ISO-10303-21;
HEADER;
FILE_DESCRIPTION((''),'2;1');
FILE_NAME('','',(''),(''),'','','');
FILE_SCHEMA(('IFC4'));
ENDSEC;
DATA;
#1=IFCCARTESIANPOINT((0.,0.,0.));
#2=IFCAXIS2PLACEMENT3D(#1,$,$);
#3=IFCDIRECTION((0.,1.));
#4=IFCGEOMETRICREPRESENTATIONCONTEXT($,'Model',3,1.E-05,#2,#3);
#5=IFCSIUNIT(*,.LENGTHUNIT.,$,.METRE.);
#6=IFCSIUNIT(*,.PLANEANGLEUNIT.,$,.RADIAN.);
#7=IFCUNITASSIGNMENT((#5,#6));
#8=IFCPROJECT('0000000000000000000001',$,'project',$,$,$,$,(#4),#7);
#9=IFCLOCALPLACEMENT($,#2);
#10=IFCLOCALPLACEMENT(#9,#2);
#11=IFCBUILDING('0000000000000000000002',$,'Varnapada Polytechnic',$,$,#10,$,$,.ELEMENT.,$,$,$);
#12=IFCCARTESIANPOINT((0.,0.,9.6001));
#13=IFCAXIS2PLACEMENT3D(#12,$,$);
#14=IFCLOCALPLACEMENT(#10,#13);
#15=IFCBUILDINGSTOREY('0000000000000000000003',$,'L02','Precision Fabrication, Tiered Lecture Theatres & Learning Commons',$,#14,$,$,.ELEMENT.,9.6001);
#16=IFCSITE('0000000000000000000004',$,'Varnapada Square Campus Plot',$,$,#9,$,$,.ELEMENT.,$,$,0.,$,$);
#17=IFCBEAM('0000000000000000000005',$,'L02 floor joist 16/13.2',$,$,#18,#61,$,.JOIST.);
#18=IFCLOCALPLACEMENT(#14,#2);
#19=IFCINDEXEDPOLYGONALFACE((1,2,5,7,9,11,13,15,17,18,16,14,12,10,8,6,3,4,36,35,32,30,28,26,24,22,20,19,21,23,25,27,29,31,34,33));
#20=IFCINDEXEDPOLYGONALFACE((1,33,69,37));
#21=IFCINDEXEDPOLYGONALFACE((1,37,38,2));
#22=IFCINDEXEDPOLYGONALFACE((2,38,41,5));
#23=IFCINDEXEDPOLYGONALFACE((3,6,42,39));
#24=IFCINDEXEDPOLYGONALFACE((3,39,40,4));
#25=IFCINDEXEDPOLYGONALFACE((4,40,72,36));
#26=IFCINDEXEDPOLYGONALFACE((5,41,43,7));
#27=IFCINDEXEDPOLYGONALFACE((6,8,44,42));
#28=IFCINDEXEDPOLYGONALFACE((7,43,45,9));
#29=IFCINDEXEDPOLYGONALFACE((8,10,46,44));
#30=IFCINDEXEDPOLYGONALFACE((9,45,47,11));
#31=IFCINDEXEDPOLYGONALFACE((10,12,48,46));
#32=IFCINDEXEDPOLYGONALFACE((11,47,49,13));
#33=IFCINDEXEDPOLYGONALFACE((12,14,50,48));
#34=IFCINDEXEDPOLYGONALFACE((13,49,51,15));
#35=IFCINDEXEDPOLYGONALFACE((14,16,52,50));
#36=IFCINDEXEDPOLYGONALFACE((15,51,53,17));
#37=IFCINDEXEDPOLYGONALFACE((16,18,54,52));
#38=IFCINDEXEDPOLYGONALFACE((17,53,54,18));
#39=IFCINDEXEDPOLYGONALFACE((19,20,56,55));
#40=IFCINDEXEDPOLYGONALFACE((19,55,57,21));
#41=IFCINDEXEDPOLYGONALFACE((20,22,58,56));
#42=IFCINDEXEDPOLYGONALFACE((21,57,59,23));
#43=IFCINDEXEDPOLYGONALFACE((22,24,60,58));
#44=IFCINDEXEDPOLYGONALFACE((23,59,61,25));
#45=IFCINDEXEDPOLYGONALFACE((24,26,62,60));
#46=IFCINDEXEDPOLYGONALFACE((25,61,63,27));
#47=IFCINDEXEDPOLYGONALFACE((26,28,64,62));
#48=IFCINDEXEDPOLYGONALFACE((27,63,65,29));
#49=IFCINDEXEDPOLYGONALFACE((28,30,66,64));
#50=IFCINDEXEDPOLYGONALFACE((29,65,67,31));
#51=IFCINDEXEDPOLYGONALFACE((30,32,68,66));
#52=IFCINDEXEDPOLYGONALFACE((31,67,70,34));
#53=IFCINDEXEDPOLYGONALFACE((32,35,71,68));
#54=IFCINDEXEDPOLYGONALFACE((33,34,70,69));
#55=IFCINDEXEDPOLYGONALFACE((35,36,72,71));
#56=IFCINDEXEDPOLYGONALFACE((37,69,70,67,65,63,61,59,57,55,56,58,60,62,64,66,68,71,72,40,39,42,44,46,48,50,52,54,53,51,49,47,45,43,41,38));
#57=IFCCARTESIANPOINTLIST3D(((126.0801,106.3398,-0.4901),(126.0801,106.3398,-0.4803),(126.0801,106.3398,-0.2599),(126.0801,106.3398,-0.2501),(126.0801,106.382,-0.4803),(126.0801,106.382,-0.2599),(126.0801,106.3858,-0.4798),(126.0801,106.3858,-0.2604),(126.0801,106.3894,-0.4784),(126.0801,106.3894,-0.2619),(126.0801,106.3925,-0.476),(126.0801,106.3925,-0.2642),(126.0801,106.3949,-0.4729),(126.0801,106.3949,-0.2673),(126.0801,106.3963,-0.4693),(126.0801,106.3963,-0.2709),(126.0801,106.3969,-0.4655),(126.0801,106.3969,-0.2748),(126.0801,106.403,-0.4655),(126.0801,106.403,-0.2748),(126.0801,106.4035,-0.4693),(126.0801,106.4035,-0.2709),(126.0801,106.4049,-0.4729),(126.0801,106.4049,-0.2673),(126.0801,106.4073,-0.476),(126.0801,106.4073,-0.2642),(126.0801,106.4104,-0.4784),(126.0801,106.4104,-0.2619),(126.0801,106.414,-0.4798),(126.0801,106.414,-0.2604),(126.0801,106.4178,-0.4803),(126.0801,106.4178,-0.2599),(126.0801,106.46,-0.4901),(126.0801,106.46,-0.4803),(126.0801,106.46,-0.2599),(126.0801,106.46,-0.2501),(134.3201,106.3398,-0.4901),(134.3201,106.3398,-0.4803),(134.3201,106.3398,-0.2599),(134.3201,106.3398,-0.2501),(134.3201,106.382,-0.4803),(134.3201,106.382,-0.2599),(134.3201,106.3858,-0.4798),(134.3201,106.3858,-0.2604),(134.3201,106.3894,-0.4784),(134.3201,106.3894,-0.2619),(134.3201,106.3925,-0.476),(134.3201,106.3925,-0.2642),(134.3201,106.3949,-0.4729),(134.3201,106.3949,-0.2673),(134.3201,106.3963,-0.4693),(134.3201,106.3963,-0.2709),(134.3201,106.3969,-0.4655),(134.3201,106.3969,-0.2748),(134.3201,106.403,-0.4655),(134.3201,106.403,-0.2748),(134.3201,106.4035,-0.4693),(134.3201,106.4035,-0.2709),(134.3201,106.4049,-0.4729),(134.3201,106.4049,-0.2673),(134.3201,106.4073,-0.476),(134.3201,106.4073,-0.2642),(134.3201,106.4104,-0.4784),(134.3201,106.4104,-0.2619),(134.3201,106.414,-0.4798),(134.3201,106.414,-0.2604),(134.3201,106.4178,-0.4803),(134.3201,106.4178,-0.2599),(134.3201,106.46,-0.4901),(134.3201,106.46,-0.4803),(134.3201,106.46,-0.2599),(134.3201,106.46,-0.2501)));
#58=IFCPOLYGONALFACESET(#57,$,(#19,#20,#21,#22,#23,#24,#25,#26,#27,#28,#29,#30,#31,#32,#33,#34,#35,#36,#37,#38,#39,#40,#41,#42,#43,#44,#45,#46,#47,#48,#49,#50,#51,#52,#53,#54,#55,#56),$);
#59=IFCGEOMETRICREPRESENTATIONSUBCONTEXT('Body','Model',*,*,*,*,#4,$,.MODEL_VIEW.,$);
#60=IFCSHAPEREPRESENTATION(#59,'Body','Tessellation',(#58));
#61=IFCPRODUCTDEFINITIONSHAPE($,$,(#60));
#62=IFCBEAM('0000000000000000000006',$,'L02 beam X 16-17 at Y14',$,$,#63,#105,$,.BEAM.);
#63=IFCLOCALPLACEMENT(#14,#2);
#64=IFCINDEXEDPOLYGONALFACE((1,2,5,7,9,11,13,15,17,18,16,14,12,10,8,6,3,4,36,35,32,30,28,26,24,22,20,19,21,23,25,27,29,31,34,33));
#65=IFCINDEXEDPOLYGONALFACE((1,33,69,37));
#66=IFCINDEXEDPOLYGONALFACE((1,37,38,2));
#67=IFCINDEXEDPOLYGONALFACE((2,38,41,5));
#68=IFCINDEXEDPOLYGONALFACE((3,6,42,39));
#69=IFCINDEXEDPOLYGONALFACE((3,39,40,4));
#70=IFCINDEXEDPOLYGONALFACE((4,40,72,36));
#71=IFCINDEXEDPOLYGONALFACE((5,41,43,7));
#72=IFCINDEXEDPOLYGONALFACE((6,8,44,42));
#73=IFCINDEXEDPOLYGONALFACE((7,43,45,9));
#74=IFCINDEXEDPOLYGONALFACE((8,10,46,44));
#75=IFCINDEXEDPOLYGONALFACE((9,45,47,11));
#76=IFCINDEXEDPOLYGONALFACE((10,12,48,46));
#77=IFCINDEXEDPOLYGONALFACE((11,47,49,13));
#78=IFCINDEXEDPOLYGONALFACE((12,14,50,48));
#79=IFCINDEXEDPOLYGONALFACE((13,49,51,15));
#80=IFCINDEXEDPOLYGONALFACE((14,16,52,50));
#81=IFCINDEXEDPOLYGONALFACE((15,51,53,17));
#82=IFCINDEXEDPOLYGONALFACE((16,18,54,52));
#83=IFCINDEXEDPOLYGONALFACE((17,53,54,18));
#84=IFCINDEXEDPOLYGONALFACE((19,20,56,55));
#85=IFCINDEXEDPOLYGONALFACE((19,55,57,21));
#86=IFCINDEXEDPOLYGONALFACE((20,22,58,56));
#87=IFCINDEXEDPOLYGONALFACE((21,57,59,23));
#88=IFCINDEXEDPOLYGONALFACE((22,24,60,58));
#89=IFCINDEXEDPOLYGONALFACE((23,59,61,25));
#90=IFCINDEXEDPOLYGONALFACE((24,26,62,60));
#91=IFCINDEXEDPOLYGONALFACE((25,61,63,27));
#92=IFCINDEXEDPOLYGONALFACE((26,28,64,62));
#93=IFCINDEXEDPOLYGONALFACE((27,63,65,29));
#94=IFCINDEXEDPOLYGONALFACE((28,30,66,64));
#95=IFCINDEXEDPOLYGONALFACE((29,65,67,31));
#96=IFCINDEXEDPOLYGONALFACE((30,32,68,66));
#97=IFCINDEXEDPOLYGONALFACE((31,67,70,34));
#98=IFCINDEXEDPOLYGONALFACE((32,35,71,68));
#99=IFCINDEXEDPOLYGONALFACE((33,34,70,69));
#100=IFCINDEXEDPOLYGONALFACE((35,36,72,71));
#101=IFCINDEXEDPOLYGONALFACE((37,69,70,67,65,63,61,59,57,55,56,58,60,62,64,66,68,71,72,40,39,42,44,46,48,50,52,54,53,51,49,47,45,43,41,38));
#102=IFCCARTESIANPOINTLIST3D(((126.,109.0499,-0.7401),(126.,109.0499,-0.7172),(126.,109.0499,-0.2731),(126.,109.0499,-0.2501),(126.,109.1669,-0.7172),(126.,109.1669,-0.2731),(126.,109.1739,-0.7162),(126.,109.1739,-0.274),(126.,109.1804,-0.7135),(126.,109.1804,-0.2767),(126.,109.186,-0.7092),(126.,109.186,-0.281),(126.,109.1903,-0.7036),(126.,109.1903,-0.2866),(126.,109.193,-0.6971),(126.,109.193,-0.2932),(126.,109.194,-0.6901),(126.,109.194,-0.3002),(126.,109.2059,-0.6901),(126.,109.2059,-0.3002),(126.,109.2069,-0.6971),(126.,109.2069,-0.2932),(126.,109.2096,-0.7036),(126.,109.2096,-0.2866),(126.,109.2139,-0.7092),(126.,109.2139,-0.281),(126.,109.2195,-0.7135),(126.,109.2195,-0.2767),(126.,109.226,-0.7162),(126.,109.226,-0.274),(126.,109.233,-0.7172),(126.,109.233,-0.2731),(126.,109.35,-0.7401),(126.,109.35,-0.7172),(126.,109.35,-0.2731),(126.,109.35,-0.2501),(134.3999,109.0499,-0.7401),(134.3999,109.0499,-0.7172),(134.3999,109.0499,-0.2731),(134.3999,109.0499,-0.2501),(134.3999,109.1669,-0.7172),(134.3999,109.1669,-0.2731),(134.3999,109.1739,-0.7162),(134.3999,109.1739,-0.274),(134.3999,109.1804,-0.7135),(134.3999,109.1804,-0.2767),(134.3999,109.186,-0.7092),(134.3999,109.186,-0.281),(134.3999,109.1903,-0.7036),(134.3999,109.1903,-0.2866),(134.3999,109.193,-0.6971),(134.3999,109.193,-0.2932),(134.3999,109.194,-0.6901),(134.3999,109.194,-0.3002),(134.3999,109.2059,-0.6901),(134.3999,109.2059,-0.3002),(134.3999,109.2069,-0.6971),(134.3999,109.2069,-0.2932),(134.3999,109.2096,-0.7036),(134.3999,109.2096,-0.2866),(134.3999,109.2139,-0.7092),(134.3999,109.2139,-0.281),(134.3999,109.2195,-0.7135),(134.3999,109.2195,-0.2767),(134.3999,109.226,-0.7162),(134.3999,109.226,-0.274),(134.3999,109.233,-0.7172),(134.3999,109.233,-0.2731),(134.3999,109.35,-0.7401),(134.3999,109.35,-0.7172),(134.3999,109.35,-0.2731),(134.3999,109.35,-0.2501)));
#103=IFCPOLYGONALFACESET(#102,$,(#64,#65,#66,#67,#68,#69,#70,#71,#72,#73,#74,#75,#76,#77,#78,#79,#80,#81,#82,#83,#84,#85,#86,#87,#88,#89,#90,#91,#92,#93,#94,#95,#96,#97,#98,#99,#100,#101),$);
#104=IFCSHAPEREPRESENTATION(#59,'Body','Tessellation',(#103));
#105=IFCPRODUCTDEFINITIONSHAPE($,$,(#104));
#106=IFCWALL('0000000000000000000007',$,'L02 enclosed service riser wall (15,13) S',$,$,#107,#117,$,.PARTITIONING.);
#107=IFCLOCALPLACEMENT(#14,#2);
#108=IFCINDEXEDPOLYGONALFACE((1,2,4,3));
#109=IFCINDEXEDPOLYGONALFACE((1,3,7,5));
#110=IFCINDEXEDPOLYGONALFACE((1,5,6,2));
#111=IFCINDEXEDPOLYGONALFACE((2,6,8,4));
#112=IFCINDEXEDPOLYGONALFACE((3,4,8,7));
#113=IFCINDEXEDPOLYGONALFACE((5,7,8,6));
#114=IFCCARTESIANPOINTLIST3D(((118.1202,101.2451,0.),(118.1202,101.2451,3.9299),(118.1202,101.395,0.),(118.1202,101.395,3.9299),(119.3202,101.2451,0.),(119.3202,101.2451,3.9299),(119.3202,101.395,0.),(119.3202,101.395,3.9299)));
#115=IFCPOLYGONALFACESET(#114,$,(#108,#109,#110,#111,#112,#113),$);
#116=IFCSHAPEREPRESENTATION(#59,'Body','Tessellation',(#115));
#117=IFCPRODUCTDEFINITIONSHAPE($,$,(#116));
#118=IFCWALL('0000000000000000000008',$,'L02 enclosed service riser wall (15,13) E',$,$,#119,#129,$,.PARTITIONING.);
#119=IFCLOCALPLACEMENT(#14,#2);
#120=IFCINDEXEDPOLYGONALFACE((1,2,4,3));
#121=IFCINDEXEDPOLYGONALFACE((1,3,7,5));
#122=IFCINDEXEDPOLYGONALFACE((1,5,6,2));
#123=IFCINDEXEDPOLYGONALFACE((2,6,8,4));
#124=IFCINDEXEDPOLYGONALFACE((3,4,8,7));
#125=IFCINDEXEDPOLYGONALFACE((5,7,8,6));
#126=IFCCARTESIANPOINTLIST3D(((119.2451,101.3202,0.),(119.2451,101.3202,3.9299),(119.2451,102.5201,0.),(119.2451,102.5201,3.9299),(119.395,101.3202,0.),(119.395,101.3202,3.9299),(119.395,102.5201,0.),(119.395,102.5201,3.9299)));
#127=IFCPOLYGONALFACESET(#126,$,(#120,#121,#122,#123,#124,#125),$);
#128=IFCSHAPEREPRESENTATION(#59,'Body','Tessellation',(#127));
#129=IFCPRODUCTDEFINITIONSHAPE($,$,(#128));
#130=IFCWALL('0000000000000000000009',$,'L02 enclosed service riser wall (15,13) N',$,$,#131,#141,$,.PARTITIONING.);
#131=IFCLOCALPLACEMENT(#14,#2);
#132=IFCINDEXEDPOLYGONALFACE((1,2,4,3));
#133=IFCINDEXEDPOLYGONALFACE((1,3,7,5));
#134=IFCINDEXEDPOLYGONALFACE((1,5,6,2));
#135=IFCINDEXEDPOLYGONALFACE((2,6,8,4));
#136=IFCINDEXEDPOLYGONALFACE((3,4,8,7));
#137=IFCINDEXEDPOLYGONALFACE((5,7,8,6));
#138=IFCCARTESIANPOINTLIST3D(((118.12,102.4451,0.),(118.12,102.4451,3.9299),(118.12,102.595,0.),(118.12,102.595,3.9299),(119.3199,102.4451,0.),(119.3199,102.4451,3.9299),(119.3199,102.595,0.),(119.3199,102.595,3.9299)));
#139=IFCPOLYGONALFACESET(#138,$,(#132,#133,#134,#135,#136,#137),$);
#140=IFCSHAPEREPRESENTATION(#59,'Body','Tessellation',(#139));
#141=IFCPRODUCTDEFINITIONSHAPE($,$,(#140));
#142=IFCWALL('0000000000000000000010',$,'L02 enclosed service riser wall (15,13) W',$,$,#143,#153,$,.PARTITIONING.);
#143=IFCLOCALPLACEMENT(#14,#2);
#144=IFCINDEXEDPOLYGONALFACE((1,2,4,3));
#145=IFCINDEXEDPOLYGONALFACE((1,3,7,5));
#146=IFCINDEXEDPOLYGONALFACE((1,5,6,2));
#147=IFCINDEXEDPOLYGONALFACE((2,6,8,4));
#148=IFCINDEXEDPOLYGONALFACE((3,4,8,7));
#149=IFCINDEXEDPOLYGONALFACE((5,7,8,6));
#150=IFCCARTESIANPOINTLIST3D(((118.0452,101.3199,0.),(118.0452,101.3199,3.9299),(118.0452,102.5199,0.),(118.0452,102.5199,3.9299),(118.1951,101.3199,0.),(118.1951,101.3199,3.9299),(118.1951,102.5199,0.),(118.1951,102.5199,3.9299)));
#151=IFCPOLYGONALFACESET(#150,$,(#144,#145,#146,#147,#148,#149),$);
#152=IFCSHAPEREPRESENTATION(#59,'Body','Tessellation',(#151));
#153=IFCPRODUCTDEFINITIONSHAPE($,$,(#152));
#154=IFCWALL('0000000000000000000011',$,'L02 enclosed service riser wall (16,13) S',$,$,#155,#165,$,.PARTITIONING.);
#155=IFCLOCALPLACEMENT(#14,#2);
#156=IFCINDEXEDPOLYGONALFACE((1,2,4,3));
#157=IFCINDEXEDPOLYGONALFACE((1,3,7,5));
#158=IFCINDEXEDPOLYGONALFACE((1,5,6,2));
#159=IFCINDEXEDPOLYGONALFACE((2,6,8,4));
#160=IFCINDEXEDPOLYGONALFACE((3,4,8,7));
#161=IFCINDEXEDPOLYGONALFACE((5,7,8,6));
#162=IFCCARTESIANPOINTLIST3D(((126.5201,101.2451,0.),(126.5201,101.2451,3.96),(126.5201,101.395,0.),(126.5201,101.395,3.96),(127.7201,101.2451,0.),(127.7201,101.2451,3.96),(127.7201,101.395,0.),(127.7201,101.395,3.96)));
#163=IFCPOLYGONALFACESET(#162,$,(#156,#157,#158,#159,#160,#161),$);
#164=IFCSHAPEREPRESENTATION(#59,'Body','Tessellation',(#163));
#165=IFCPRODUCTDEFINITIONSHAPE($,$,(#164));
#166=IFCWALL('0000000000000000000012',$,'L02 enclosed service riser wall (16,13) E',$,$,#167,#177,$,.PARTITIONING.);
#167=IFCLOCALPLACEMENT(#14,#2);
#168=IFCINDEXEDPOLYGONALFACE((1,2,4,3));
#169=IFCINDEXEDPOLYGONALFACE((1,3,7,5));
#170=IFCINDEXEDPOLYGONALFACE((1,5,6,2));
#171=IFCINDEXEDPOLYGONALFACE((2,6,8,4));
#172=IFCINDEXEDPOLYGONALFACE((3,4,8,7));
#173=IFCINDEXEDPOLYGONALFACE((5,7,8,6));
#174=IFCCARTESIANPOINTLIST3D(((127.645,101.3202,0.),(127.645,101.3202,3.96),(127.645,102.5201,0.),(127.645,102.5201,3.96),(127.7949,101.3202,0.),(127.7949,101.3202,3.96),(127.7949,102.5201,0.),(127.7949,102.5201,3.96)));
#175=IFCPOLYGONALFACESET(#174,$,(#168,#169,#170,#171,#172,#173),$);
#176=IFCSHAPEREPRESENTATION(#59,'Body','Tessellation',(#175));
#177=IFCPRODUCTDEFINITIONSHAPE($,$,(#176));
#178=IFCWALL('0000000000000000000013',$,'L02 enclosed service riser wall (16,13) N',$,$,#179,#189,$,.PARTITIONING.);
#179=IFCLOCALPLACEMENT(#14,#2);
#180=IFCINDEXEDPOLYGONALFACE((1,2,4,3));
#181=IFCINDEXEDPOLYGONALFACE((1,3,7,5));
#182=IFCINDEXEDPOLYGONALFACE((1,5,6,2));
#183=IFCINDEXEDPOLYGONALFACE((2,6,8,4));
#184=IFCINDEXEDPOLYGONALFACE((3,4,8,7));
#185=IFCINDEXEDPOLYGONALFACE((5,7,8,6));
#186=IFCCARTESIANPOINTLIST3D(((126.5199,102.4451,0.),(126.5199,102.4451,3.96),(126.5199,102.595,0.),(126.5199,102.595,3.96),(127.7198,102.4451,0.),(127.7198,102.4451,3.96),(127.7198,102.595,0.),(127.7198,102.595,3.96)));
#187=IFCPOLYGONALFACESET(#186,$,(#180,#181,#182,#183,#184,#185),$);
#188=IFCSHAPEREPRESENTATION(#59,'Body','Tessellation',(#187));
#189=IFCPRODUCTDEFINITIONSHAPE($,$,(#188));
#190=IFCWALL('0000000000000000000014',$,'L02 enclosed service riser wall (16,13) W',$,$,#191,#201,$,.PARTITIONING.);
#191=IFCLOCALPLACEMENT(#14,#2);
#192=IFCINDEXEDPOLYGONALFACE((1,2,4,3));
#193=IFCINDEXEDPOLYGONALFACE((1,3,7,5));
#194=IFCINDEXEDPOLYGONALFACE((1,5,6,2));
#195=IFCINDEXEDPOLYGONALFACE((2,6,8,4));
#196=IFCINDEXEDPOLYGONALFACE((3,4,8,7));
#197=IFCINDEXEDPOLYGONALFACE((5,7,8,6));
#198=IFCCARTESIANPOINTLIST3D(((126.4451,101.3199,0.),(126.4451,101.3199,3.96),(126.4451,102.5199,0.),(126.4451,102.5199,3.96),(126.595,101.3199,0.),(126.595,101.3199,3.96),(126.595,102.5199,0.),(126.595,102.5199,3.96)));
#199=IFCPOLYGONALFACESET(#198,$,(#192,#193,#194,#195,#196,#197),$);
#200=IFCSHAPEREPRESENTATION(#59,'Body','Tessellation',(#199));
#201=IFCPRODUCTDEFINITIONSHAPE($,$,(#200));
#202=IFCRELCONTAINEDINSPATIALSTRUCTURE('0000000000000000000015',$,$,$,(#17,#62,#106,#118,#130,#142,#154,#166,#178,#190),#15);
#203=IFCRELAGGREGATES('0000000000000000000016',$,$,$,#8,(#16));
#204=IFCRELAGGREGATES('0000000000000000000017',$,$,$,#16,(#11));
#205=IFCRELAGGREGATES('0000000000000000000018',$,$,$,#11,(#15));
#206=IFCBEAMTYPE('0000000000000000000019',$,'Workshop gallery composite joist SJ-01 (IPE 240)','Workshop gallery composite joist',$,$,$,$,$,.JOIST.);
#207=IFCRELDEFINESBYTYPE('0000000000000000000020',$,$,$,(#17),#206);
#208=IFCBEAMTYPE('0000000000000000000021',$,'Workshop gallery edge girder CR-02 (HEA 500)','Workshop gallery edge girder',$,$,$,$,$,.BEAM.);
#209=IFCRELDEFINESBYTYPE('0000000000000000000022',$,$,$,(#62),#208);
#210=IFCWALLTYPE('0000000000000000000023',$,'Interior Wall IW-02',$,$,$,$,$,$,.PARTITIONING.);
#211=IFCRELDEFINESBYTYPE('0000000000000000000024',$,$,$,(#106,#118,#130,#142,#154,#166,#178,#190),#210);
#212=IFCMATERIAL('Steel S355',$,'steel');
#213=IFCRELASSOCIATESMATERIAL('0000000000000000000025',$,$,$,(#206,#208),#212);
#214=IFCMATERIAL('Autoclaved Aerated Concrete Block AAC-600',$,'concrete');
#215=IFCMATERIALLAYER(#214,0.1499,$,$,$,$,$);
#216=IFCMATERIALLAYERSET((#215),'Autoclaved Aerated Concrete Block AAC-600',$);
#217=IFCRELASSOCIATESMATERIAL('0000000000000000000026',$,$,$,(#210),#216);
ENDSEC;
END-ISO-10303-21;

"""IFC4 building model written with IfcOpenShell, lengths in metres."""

from ifc_helpers import new_model, si_unit, direction, frame, frame_2d, origin, origin_2d, place, context, subcontext, project, spatial, rectangle, i_section, extrude, material, layer, layer_set, material_profile, profile_set, type_object, element, save


model = new_model("IFC4")

# Units and contexts
model_context = context("Model", 3, precision=1e-05, world=origin(), true_north=direction((0.0, 1.0)))
body_context = subcontext(model_context, "Body", "Model", "MODEL_VIEW")
ifc_project = project(units=[si_unit("LENGTHUNIT", "METRE"), si_unit("PLANEANGLEUNIT", "RADIAN")], contexts=[model_context])

# Site, building, storey
site_placement = place(None, origin())
site = spatial("IfcSite", under=ifc_project, at=site_placement, Name="Varnapada Square Campus Plot", CompositionType="ELEMENT", RefElevation=0.0)
building_placement = place(site_placement, origin())
building = spatial("IfcBuilding", under=site, at=building_placement, Name="Varnapada Polytechnic", CompositionType="ELEMENT")
storey_placement = place(building_placement, frame((0.0, 0.0, 9.6001)))
storey = spatial("IfcBuildingStorey", under=building, at=storey_placement, Name="L02", Description="Precision Fabrication, Tiered Lecture Theatres & Learning Commons", CompositionType="ELEMENT", Elevation=9.6001)

# Shared definitions
ifc_material_1 = material(Name="Steel S355", Category="steel")

# Beams
ifc_material_profile_1 = material_profile(ifc_material_1, i_section(OverallWidth=0.1201, OverallDepth=0.24, WebThickness=0.0061, FlangeThickness=0.0098, FilletRadius=0.0149, at=origin_2d()), Name="IPE 240")
ifc_profile_set_1 = profile_set([ifc_material_profile_1], Name="Steel S355")
beam_type_1 = type_object("IfcBeamType", Name="Workshop gallery composite joist SJ-01 (IPE 240)", Description="Workshop gallery composite joist", PredefinedType="JOIST", material=ifc_profile_set_1)
for number, where, z_axis, x_axis, name in (
    (1, (126.0801, 106.3999, -0.3701), (1.0, 0.0, 0.0), (0.0, 1.0, 0.0), "L02 floor joist 16/13.2"),
):
    element("IfcBeam", number, at=place(storey_placement, frame(where, z_axis=z_axis, x_axis=x_axis)), inside=storey, type_object=beam_type_1, Name=name, PredefinedType="JOIST", context=body_context, shape_type="SweptSolid", body=[
        extrude(i_section(OverallWidth=0.1201, OverallDepth=0.24, WebThickness=0.0061, FlangeThickness=0.0098, FilletRadius=0.0149, at=origin_2d()), origin(), (0.0, 0.0, 1.0), 8.24),
    ])
ifc_material_profile_2 = material_profile(ifc_material_1, i_section(OverallWidth=0.3, OverallDepth=0.49, WebThickness=0.012, FlangeThickness=0.0229, FilletRadius=0.0271, at=origin_2d()), Name="HEA 500")
ifc_profile_set_2 = profile_set([ifc_material_profile_2], Name="Steel S355")
beam_type_2 = type_object("IfcBeamType", Name="Workshop gallery edge girder CR-02 (HEA 500)", Description="Workshop gallery edge girder", PredefinedType="BEAM", material=ifc_profile_set_2)
beam_1_placement = place(storey_placement, frame((126.0, 109.2, -0.4951), z_axis=(1.0, 0.0, 0.0), x_axis=(0.0, 1.0, 0.0)))
element("IfcBeam", 2, at=beam_1_placement, inside=storey, type_object=beam_type_2, Name="L02 beam X 16-17 at Y14", PredefinedType="BEAM", context=body_context, shape_type="SweptSolid", body=[
    extrude(i_section(OverallWidth=0.3, OverallDepth=0.49, WebThickness=0.012, FlangeThickness=0.0229, FilletRadius=0.0271, at=origin_2d()), origin(), (0.0, 0.0, 1.0), 8.3999),
])

# Walls
ifc_material_2 = material(Name="Autoclaved Aerated Concrete Block AAC-600", Category="concrete")
ifc_layer_1 = layer(ifc_material_2, 0.1499)
ifc_layer_set_1 = layer_set([ifc_layer_1], Name="Autoclaved Aerated Concrete Block AAC-600")
wall_type_1 = type_object("IfcWallType", Name="Interior Wall IW-02", PredefinedType="PARTITIONING", material=ifc_layer_set_1)
for number, where, z_axis, x_axis, name in (
    (3, (118.1201, 101.3201, 0.0), (0.0, 0.0, 1.0), (1.0, 0.0, 0.0), "L02 enclosed service riser wall (15,13) S"),
    (4, (119.3201, 101.3201, 0.0), (0.0, 0.0, 1.0), (0.0, 1.0, 0.0), "L02 enclosed service riser wall (15,13) E"),
    (5, (119.3201, 102.52, 0.0), (0.0, 0.0, 1.0), (-1.0, 0.0, 0.0), "L02 enclosed service riser wall (15,13) N"),
    (6, (118.1201, 102.52, 0.0), (0.0, 0.0, 1.0), (0.0, -1.0, 0.0), "L02 enclosed service riser wall (15,13) W"),
):
    element("IfcWall", number, at=place(storey_placement, frame(where, z_axis=z_axis, x_axis=x_axis)), inside=storey, type_object=wall_type_1, Name=name, PredefinedType="PARTITIONING", context=body_context, shape_type="SweptSolid", body=[
        extrude(rectangle(XDim=1.2, YDim=0.1499, at=frame_2d((0.6001, 0.0))), origin(), (0.0, 0.0, 1.0), 3.9299),
    ])
for number, where, z_axis, x_axis, name in (
    (7, (126.52, 101.3201, 0.0), (0.0, 0.0, 1.0), (1.0, 0.0, 0.0), "L02 enclosed service riser wall (16,13) S"),
    (8, (127.72, 101.3201, 0.0), (0.0, 0.0, 1.0), (0.0, 1.0, 0.0), "L02 enclosed service riser wall (16,13) E"),
    (9, (127.72, 102.52, 0.0), (0.0, 0.0, 1.0), (-1.0, 0.0, 0.0), "L02 enclosed service riser wall (16,13) N"),
    (10, (126.52, 102.52, 0.0), (0.0, 0.0, 1.0), (0.0, -1.0, 0.0), "L02 enclosed service riser wall (16,13) W"),
):
    element("IfcWall", number, at=place(storey_placement, frame(where, z_axis=z_axis, x_axis=x_axis)), inside=storey, type_object=wall_type_1, Name=name, PredefinedType="PARTITIONING", context=body_context, shape_type="SweptSolid", body=[
        extrude(rectangle(XDim=1.2, YDim=0.1499, at=frame_2d((0.6001, 0.0))), origin(), (0.0, 0.0, 1.0), 3.96),
    ])

save(model, "model.ifc")
